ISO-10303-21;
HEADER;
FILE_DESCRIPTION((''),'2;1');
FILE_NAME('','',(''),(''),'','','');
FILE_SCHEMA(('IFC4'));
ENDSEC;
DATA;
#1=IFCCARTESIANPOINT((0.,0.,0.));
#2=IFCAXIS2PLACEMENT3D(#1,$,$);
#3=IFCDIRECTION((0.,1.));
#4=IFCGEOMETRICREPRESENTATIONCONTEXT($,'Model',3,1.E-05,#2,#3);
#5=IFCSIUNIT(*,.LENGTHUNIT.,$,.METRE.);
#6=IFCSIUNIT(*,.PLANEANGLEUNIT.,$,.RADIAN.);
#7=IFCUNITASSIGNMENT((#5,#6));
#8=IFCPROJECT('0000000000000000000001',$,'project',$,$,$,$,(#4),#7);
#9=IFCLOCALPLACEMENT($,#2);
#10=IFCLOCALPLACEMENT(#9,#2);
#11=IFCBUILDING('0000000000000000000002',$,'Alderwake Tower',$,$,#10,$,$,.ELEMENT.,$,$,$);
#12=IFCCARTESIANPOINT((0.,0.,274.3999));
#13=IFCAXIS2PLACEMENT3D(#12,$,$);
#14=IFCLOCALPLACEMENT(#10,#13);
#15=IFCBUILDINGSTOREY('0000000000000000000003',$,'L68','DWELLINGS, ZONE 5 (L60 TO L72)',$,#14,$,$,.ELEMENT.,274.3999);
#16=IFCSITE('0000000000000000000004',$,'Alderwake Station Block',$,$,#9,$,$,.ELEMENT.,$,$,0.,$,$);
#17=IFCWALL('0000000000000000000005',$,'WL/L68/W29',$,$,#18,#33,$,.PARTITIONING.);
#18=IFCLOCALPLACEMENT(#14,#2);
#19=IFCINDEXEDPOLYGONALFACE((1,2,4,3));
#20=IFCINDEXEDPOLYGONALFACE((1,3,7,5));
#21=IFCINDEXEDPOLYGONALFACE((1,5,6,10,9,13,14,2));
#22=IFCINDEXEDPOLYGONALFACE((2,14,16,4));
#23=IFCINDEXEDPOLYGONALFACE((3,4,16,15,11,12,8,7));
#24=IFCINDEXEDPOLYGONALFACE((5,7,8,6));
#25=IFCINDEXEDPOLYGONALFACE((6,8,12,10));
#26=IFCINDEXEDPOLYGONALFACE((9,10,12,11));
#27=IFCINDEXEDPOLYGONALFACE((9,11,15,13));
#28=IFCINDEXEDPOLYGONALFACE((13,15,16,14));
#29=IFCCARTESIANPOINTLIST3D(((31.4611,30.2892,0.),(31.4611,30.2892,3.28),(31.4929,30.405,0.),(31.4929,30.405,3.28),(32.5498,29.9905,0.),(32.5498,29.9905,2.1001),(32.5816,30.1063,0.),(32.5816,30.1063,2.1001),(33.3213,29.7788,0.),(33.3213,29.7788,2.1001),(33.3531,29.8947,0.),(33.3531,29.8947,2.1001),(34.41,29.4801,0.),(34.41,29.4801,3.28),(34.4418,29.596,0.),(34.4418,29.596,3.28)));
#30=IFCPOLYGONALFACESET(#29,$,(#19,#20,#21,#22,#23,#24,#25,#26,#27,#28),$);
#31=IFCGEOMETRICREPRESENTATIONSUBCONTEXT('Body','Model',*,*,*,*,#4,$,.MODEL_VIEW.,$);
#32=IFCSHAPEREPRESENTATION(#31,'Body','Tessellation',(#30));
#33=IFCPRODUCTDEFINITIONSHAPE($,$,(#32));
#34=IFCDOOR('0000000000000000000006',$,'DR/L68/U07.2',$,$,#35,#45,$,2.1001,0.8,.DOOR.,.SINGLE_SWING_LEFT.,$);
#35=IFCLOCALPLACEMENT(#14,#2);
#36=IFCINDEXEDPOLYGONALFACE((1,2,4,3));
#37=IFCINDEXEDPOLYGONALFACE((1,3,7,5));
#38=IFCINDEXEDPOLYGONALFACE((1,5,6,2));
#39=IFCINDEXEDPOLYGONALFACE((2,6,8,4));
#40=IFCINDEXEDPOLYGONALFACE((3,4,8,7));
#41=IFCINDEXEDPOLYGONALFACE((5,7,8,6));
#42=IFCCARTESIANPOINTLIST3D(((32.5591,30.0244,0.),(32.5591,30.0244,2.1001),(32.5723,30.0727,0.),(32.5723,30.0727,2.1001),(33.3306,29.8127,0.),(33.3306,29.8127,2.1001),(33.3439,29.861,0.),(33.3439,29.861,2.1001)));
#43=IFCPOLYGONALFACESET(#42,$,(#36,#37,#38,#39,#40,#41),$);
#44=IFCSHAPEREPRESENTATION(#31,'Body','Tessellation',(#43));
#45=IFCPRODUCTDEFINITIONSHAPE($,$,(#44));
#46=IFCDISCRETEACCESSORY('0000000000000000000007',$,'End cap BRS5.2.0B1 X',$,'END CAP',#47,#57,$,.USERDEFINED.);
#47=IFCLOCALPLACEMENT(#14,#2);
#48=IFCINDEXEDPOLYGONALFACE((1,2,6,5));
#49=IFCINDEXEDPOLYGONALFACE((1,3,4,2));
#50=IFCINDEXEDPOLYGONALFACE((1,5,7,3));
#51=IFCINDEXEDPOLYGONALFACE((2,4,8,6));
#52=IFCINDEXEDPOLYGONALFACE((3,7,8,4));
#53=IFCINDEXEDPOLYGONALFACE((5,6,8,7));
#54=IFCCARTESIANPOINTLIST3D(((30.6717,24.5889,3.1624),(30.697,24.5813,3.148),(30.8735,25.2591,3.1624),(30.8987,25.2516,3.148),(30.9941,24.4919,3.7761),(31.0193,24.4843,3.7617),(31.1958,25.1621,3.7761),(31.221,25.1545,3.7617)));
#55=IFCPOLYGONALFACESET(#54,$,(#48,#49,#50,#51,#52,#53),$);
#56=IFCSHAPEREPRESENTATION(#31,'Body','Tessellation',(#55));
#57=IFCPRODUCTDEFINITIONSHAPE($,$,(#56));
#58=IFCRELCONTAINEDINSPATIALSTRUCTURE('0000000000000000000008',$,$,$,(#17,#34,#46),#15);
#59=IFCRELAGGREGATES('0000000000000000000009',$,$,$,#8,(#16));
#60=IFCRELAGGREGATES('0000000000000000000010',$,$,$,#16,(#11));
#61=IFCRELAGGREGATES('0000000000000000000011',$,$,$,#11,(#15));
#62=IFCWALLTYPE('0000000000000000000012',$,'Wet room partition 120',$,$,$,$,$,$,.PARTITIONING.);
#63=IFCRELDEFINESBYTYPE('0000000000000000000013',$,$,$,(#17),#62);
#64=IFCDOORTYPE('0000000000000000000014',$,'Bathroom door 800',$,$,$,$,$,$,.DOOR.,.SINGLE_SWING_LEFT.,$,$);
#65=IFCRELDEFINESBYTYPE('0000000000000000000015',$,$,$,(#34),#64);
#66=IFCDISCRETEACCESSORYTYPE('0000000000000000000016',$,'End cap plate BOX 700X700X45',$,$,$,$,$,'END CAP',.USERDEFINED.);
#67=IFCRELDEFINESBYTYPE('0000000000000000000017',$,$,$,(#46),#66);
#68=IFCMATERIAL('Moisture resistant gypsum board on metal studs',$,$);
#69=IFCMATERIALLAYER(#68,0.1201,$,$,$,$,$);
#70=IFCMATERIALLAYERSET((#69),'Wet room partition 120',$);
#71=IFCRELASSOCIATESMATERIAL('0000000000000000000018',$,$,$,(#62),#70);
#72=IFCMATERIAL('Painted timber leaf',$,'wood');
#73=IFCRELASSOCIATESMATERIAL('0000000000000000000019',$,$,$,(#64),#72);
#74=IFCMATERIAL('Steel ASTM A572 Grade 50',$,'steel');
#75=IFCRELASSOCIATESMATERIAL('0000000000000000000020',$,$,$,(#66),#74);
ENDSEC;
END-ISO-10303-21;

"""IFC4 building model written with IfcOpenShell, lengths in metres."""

from ifc_helpers import new_model, si_unit, direction, frame, frame_2d, origin, origin_2d, place, context, subcontext, project, spatial, rectangle, extrude, material, layer, layer_set, material_profile, profile_set, type_object, element, fill, save


model = new_model("IFC4")

# Units and contexts
model_context = context("Model", 3, precision=1e-05, world=origin(), true_north=direction((0.0, 1.0)))
body_context = subcontext(model_context, "Body", "Model", "MODEL_VIEW")
ifc_project = project(units=[si_unit("LENGTHUNIT", "METRE"), si_unit("PLANEANGLEUNIT", "RADIAN")], contexts=[model_context])

# Site, building, storey
site_placement = place(None, origin())
site = spatial("IfcSite", under=ifc_project, at=site_placement, Name="Alderwake Station Block", CompositionType="ELEMENT", RefElevation=0.0)
building_placement = place(site_placement, origin())
building = spatial("IfcBuilding", under=site, at=building_placement, Name="Alderwake Tower", CompositionType="ELEMENT")
storey_placement = place(building_placement, frame((0.0, 0.0, 274.3999)))
storey = spatial("IfcBuildingStorey", under=building, at=storey_placement, Name="L68", Description="DWELLINGS, ZONE 5 (L60 TO L72)", CompositionType="ELEMENT", Elevation=274.3999)

# Shared definitions
ifc_material_1 = material(Name="Moisture resistant gypsum board on metal studs")
ifc_layer_1 = layer(ifc_material_1, 0.1201)
ifc_layer_set_1 = layer_set([ifc_layer_1], Name="Wet room partition 120")
wall_type_1 = type_object("IfcWallType", Name="Wet room partition 120", PredefinedType="PARTITIONING", material=ifc_layer_set_1)

# Wall, opening, door
wall_1_placement = place(storey_placement, frame((34.4258, 29.5381, 0.0), z_axis=(0.0, 0.0, 1.0), x_axis=(-0.964363, 0.264583, 0.0)))
wall_1 = element("IfcWall", 1, at=wall_1_placement, inside=storey, type_object=wall_type_1, Name="WL/L68/W29", PredefinedType="PARTITIONING", context=body_context, shape_type="SweptSolid", body=[
    extrude(rectangle(XDim=3.0579, YDim=0.1201, at=frame_2d((1.5288, 0.0))), origin(), (0.0, 0.0, 1.0), 3.28),
])
opening_1_placement = place(wall_1_placement, frame((1.1289, 0.0, 0.0)))
opening_1 = element("IfcOpeningElement", 2, at=opening_1_placement, cuts=wall_1, PredefinedType="OPENING", context=body_context, shape_type="SweptSolid", body=[
    extrude(rectangle(XDim=0.8, YDim=2.1001, at=frame_2d((0.3999, 1.05))), frame((0.0, 0.0701, 0.0), z_axis=(0.0, -1.0, 0.0), x_axis=(1.0, 0.0, 0.0)), (0.0, 0.0, 1.0), 0.1401),
])
ifc_material_2 = material(Name="Painted timber leaf", Category="wood")
door_type_1 = type_object("IfcDoorType", Name="Bathroom door 800", OperationType="SINGLE_SWING_LEFT", PredefinedType="DOOR", material=ifc_material_2)
door_1_placement = place(opening_1_placement, origin())
door_1 = element("IfcDoor", 3, at=door_1_placement, inside=storey, type_object=door_type_1, Name="DR/L68/U07.2", OperationType="SINGLE_SWING_LEFT", OverallHeight=2.1001, OverallWidth=0.8, PredefinedType="DOOR", context=body_context, shape_type="SweptSolid", body=[
    extrude(rectangle(XDim=0.8, YDim=2.1001, at=frame_2d((0.3999, 1.05))), frame((0.0, 0.0249, 0.0), z_axis=(0.0, -1.0, 0.0), x_axis=(1.0, 0.0, 0.0)), (0.0, 0.0, 1.0), 0.05),
])
fill(opening_1, door_1)

# Discrete accessory
ifc_material_3 = material(Name="Steel ASTM A572 Grade 50", Category="steel")
ifc_material_profile_1 = material_profile(ifc_material_3, rectangle(XDim=0.7, YDim=0.7, at=origin_2d()), Name="BOX 700X700X45 cap")
ifc_profile_set_1 = profile_set([ifc_material_profile_1], Name="Steel ASTM A572 Grade 50")
discrete_accessory_type = type_object("IfcDiscreteAccessoryType", Name="End cap plate BOX 700X700X45", ElementType="END CAP", PredefinedType="USERDEFINED", material=ifc_profile_set_1)
discrete_accessory_placement = place(storey_placement, frame((30.959, 24.8679, 3.4548), z_axis=(-0.839565, 0.252685, 0.480916), x_axis=(-0.288201, -0.95757, 0.0)))
element("IfcDiscreteAccessory", 4, at=discrete_accessory_placement, inside=storey, type_object=discrete_accessory_type, Name="End cap BRS5.2.0B1 X", ObjectType="END CAP", PredefinedType="USERDEFINED", context=body_context, shape_type="SweptSolid", body=[
    extrude(rectangle(XDim=0.7, YDim=0.7, at=origin_2d()), origin(), (0.0, 0.0, 1.0), 0.03),
])

save(model, "model.ifc")
